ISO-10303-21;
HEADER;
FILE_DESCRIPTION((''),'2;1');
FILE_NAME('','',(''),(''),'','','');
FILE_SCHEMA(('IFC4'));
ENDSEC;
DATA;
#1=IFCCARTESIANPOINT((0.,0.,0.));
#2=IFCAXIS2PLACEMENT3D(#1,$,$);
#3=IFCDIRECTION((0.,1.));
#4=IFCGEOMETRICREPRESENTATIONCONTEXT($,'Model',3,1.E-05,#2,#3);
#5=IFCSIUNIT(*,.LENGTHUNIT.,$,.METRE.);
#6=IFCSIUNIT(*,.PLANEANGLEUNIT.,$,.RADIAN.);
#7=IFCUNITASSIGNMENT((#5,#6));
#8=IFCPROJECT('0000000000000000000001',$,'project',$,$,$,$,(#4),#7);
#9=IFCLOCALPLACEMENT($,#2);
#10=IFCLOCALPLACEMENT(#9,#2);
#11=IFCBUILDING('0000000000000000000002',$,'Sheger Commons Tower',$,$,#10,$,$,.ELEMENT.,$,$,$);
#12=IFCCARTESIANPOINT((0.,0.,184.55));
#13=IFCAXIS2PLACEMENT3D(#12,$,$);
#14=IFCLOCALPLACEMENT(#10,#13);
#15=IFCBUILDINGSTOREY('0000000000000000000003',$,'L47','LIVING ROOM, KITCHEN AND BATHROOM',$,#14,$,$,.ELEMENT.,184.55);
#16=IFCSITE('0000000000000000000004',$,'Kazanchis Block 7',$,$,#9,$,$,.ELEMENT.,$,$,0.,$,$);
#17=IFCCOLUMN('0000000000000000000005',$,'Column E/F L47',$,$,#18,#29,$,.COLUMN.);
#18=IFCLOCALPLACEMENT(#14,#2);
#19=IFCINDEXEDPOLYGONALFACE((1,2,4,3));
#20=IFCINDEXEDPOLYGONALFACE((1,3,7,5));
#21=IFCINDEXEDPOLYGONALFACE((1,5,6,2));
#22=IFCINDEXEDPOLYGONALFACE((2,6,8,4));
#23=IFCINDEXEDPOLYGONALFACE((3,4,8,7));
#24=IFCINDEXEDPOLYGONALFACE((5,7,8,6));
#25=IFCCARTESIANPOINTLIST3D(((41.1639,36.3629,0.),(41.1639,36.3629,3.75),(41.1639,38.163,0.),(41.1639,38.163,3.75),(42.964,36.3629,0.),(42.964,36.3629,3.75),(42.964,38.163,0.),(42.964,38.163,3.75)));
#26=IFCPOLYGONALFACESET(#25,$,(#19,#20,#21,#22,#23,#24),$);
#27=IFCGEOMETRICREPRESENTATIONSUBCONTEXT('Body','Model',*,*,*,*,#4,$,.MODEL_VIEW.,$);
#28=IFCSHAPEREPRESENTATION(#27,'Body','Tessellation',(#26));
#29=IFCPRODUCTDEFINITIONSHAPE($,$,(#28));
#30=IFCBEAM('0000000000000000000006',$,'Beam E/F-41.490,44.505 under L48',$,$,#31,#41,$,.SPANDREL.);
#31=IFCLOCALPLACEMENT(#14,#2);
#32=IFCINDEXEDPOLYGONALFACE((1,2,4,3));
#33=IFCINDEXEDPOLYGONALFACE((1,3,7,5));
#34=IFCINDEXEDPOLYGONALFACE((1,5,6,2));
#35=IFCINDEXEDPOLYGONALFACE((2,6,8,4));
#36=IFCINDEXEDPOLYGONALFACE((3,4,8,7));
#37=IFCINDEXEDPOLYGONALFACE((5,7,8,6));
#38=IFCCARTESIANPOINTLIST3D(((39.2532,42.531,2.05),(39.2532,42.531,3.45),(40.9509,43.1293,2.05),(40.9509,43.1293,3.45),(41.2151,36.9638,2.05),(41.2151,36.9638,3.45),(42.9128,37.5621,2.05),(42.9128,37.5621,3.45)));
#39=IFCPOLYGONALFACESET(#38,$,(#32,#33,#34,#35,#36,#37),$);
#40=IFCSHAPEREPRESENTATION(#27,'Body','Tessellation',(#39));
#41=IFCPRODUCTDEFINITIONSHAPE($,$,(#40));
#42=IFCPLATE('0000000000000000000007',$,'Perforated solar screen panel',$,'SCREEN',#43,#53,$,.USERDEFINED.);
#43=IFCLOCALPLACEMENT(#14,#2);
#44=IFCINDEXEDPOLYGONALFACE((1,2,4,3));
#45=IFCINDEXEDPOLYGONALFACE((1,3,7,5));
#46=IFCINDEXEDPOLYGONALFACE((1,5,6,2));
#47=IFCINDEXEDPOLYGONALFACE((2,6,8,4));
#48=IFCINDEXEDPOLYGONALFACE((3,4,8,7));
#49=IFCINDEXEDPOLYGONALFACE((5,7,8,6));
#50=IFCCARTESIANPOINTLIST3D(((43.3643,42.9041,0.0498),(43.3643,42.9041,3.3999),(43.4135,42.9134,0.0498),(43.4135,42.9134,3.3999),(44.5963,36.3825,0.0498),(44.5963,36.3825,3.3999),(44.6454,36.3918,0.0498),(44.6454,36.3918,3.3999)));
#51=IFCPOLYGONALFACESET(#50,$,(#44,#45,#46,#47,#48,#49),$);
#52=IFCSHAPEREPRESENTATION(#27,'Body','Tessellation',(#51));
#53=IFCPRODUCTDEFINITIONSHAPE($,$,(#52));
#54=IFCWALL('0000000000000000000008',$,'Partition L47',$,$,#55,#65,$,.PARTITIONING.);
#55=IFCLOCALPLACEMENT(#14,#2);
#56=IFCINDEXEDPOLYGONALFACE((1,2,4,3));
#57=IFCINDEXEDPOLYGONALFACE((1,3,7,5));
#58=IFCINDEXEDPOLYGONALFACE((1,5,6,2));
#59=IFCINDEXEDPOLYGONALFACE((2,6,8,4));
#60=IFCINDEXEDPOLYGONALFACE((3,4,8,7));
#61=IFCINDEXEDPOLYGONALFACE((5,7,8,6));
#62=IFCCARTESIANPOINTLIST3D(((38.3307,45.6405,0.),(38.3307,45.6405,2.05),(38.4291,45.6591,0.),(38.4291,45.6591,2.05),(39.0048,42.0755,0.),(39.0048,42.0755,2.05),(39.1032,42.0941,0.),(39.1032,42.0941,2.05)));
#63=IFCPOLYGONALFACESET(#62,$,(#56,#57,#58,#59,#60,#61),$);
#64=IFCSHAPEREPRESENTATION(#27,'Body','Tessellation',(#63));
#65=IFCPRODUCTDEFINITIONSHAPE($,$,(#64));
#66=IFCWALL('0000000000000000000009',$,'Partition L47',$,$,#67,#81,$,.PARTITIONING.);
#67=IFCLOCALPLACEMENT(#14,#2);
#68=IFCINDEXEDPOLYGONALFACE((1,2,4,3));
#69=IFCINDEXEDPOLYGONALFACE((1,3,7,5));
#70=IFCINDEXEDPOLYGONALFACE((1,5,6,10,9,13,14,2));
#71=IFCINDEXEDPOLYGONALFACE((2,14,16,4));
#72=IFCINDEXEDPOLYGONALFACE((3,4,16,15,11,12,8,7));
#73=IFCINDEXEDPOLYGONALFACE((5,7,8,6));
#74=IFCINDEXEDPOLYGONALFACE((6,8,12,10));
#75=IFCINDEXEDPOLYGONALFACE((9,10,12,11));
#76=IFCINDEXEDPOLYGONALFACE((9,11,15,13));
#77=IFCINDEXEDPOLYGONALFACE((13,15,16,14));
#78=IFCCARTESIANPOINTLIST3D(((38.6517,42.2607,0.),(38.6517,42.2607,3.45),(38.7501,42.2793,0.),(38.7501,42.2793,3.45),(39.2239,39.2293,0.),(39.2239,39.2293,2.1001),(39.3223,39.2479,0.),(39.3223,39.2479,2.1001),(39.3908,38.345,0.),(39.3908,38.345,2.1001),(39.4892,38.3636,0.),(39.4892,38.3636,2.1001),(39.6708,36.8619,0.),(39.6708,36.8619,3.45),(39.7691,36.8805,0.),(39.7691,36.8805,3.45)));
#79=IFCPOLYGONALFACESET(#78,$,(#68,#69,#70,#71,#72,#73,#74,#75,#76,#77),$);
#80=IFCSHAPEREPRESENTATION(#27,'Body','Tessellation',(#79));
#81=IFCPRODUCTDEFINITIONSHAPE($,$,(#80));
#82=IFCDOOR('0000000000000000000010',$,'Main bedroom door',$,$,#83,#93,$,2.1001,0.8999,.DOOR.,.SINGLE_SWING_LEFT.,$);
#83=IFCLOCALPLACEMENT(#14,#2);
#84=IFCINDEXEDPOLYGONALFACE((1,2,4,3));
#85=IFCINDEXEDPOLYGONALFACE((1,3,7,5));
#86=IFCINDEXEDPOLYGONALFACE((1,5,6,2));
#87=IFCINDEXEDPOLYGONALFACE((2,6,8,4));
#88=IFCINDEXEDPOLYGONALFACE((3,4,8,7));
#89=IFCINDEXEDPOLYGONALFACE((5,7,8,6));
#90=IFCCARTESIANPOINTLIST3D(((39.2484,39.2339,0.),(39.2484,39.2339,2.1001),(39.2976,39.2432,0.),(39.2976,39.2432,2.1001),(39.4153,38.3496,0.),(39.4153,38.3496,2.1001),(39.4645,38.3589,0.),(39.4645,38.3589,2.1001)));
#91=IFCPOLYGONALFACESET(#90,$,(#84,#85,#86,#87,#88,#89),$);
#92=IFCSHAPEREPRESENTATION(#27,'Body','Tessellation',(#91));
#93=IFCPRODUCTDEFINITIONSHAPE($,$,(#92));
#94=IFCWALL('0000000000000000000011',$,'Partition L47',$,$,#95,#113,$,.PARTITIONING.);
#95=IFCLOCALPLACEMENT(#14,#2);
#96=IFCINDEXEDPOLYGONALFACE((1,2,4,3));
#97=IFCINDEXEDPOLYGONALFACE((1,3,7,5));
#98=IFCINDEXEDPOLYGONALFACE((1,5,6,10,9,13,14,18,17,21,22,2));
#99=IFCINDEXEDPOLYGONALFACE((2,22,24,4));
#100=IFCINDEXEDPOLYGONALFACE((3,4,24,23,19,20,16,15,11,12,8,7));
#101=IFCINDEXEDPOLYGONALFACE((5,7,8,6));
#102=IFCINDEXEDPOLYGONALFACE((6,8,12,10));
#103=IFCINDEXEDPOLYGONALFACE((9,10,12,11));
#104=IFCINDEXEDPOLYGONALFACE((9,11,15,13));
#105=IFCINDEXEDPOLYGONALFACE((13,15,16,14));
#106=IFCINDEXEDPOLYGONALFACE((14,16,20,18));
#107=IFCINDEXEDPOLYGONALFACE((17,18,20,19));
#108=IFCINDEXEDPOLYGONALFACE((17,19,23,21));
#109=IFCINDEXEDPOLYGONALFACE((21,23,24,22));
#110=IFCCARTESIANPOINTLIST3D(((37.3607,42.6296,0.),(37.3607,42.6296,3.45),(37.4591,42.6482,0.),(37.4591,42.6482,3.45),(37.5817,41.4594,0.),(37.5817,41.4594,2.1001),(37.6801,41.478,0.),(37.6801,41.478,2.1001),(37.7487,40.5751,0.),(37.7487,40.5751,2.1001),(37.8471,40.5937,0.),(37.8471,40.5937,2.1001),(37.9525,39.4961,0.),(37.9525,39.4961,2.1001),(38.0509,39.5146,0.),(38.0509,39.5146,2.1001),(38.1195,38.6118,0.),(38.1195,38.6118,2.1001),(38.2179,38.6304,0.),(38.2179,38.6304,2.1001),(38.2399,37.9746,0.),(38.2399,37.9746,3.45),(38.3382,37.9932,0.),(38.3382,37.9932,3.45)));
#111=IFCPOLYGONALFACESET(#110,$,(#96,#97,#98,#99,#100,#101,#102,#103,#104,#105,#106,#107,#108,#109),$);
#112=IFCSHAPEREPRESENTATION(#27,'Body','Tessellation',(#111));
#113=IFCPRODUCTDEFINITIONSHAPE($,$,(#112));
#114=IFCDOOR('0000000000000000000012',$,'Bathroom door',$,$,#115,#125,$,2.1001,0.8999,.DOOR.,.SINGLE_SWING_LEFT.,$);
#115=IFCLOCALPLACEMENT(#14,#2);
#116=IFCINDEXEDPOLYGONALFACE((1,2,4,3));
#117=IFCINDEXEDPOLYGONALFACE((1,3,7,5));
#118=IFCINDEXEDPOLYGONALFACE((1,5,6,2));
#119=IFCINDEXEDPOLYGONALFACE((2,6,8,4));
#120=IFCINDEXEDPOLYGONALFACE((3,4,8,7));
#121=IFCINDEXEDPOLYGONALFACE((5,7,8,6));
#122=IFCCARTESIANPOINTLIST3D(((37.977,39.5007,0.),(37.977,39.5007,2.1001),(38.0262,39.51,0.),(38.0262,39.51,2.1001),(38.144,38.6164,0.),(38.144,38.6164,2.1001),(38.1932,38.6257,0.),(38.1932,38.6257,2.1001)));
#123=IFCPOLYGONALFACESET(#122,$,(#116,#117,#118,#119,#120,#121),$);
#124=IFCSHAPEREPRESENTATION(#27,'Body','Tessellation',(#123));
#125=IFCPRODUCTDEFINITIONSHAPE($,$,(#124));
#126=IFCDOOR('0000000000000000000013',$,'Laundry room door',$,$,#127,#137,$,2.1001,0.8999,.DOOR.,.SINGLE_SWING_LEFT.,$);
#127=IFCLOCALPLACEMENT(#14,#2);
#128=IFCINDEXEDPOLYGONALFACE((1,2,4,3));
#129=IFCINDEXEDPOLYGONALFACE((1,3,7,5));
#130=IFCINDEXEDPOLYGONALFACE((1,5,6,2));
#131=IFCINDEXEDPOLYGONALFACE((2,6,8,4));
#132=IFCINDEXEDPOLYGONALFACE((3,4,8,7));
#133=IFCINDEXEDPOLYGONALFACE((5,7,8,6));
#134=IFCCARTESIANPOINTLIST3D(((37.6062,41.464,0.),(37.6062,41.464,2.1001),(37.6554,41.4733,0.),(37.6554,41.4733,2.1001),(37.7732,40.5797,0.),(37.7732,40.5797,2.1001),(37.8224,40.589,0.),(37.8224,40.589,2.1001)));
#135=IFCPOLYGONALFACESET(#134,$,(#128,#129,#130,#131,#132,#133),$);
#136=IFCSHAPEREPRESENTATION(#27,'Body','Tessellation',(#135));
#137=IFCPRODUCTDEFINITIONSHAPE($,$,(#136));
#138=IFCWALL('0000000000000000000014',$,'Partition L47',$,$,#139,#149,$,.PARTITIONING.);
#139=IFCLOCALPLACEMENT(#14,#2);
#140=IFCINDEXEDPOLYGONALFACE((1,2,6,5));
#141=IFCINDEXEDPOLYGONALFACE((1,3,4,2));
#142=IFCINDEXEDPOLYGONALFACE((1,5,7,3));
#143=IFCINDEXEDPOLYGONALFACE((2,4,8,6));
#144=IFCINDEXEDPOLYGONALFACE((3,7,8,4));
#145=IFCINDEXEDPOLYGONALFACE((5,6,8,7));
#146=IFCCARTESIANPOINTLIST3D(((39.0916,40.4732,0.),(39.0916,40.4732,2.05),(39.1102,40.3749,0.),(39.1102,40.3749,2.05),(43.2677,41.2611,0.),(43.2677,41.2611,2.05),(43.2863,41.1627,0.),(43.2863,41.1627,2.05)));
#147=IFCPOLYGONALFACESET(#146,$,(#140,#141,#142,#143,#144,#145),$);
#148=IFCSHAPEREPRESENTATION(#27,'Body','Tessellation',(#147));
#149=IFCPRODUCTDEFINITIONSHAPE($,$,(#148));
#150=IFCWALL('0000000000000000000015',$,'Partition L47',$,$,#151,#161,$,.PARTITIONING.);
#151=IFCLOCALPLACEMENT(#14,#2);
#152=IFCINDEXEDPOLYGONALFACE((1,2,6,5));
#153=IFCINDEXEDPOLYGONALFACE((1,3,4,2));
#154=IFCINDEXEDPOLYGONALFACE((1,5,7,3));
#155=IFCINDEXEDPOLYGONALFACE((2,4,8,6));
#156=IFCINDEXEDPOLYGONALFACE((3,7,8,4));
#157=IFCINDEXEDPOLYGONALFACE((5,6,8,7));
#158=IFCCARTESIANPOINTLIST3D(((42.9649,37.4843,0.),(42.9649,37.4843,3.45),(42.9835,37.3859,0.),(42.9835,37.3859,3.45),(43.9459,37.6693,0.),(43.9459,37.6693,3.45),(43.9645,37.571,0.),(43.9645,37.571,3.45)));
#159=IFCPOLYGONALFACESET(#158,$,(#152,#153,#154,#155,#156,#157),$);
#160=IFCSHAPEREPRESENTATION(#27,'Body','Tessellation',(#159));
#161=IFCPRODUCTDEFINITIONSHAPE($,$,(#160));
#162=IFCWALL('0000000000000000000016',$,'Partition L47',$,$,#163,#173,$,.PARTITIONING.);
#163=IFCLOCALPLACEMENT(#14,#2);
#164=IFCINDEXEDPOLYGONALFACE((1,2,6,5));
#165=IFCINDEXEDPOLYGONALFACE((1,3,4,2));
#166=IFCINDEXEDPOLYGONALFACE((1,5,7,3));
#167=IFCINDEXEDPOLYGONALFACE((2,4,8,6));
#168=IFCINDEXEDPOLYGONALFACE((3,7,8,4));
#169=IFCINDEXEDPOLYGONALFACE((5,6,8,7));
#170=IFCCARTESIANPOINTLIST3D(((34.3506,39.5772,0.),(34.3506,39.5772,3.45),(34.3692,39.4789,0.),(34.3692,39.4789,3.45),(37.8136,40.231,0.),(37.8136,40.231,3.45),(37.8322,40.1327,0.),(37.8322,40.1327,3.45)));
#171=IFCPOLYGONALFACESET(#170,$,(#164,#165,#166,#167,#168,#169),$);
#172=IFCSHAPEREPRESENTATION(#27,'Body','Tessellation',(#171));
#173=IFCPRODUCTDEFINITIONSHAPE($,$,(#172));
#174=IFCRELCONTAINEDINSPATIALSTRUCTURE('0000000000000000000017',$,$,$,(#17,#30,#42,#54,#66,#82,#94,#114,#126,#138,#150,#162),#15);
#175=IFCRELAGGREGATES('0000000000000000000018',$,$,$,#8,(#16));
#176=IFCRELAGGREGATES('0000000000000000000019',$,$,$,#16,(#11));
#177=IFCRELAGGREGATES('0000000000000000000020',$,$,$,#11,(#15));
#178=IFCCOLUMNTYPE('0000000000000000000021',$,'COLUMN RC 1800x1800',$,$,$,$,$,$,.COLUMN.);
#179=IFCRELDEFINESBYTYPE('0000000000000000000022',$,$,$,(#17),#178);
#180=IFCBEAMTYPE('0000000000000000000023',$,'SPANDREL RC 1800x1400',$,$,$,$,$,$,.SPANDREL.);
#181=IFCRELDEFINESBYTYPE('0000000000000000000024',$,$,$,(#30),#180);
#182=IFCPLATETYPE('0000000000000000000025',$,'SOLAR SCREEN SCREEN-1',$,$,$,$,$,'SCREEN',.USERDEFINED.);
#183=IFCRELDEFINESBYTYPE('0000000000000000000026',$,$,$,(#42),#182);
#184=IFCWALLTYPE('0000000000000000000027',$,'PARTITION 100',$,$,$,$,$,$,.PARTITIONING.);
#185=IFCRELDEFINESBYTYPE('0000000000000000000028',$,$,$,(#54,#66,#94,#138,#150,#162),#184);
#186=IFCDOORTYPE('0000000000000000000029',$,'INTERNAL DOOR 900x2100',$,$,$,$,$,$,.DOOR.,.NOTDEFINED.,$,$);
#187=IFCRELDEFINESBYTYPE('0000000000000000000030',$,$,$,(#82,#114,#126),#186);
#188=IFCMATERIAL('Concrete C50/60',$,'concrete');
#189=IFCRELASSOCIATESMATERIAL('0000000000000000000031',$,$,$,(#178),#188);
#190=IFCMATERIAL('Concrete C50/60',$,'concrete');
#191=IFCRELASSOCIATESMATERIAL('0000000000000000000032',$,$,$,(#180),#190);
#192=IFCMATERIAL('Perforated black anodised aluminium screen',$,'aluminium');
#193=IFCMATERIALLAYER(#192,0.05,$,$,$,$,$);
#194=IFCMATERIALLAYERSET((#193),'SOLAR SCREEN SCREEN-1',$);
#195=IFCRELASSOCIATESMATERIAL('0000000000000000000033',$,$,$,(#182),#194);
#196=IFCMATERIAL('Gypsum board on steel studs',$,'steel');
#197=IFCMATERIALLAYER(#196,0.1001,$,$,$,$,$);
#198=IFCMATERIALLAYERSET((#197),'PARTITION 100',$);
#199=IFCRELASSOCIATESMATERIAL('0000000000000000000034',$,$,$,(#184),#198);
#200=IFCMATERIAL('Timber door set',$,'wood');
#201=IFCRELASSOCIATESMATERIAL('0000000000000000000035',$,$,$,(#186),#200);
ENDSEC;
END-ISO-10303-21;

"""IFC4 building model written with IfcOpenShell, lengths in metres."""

from ifc_helpers import new_model, si_unit, direction, frame, frame_2d, origin, origin_2d, place, context, subcontext, project, spatial, rectangle, extrude, material, layer, layer_set, material_profile, profile_set, type_object, element, fill, save


model = new_model("IFC4")

# Units and contexts
model_context = context("Model", 3, precision=1e-05, world=origin(), true_north=direction((0.0, 1.0)))
body_context = subcontext(model_context, "Body", "Model", "MODEL_VIEW")
ifc_project = project(units=[si_unit("LENGTHUNIT", "METRE"), si_unit("PLANEANGLEUNIT", "RADIAN")], contexts=[model_context])

# Site, building, storey
site_placement = place(None, origin())
site = spatial("IfcSite", under=ifc_project, at=site_placement, Name="Kazanchis Block 7", CompositionType="ELEMENT", RefElevation=0.0)
building_placement = place(site_placement, origin())
building = spatial("IfcBuilding", under=site, at=building_placement, Name="Sheger Commons Tower", CompositionType="ELEMENT")
storey_placement = place(building_placement, frame((0.0, 0.0, 184.55)))
storey = spatial("IfcBuildingStorey", under=building, at=storey_placement, Name="L47", Description="LIVING ROOM, KITCHEN AND BATHROOM", CompositionType="ELEMENT", Elevation=184.55)

# Column
ifc_material_1 = material(Name="Concrete C50/60", Category="concrete")
ifc_material_profile_1 = material_profile(ifc_material_1, rectangle(XDim=1.8, YDim=1.8, at=origin_2d()), Name="RC 1800x1800")
ifc_profile_set_1 = profile_set([ifc_material_profile_1], Name="Concrete C50/60")
column_type = type_object("IfcColumnType", Name="COLUMN RC 1800x1800", PredefinedType="COLUMN", material=ifc_profile_set_1)
column_placement = place(storey_placement, frame((42.064, 37.2629, 0.0), z_axis=(0.0, 0.0, 1.0), x_axis=(1.0, 0.0, 0.0)))
element("IfcColumn", 1, at=column_placement, inside=storey, type_object=column_type, Name="Column E/F L47", PredefinedType="COLUMN", context=body_context, shape_type="SweptSolid", body=[
    extrude(rectangle(XDim=1.8, YDim=1.8, at=origin_2d()), origin(), (0.0, 0.0, 1.0), 3.75),
])

# Beam
ifc_material_2 = material(Name="Concrete C50/60", Category="concrete")
ifc_material_profile_2 = material_profile(ifc_material_2, rectangle(XDim=1.8, YDim=1.3999, at=origin_2d()), Name="RC 1800x1400")
ifc_profile_set_2 = profile_set([ifc_material_profile_2], Name="Concrete C50/60")
beam_type = type_object("IfcBeamType", Name="SPANDREL RC 1800x1400", PredefinedType="SPANDREL", material=ifc_profile_set_2)
beam_placement = place(storey_placement, frame((42.064, 37.2629, 2.75), z_axis=(-0.332374, 0.943148, 0.0), x_axis=(-0.943148, -0.332374, 0.0)))
element("IfcBeam", 2, at=beam_placement, inside=storey, type_object=beam_type, Name="Beam E/F-41.490,44.505 under L48", PredefinedType="SPANDREL", context=body_context, shape_type="SweptSolid", body=[
    extrude(rectangle(XDim=1.8, YDim=1.3999, at=origin_2d()), origin(), (0.0, 0.0, 1.0), 5.9028),
])

# Plate
ifc_material_3 = material(Name="Perforated black anodised aluminium screen", Category="aluminium")
ifc_layer_1 = layer(ifc_material_3, 0.05)
ifc_layer_set_1 = layer_set([ifc_layer_1], Name="SOLAR SCREEN SCREEN-1")
plate_type = type_object("IfcPlateType", Name="SOLAR SCREEN SCREEN-1", ElementType="SCREEN", PredefinedType="USERDEFINED", material=ifc_layer_set_1)
plate_placement = place(storey_placement, frame((44.0049, 39.6479, 0.0498), z_axis=(0.0, 0.0, 1.0), x_axis=(-0.185615, 0.982623, 0.0)))
element("IfcPlate", 3, at=plate_placement, inside=storey, type_object=plate_type, Name="Perforated solar screen panel", ObjectType="SCREEN", PredefinedType="USERDEFINED", context=body_context, shape_type="SweptSolid", body=[
    extrude(rectangle(XDim=6.637, YDim=0.05, at=origin_2d()), origin(), (0.0, 0.0, 1.0), 3.3501),
])

# Wall
ifc_material_4 = material(Name="Gypsum board on steel studs", Category="steel")
ifc_layer_2 = layer(ifc_material_4, 0.1001)
ifc_layer_set_2 = layer_set([ifc_layer_2], Name="PARTITION 100")
wall_type = type_object("IfcWallType", Name="PARTITION 100", PredefinedType="PARTITIONING", material=ifc_layer_set_2)
wall_1_placement = place(storey_placement, frame((39.054, 42.085, 0.0), z_axis=(0.0, 0.0, 1.0), x_axis=(-0.185792, 0.982589, 0.0)))
element("IfcWall", 4, at=wall_1_placement, inside=storey, type_object=wall_type, Name="Partition L47", PredefinedType="PARTITIONING", context=body_context, shape_type="SweptSolid", body=[
    extrude(rectangle(XDim=3.6282, YDim=0.1001, at=frame_2d((1.814, 0.0))), origin(), (0.0, 0.0, 1.0), 2.05),
])

# Wall, opening, door
wall_2_placement = place(storey_placement, frame((38.7009, 42.27, 0.0), z_axis=(0.0, 0.0, 1.0), x_axis=(0.185474, -0.982649, 0.0)))
wall_2 = element("IfcWall", 5, at=wall_2_placement, inside=storey, type_object=wall_type, Name="Partition L47", PredefinedType="PARTITIONING", context=body_context, shape_type="SweptSolid", body=[
    extrude(rectangle(XDim=5.4941, YDim=0.1001, at=frame_2d((2.7471, 0.0))), origin(), (0.0, 0.0, 1.0), 3.45),
])
opening_1_placement = place(wall_2_placement, frame((3.085, 0.0, 0.0)))
opening_1 = element("IfcOpeningElement", 6, at=opening_1_placement, cuts=wall_2, PredefinedType="OPENING", context=body_context, shape_type="SweptSolid", body=[
    extrude(rectangle(XDim=0.8999, YDim=2.1001, at=frame_2d((0.45, 1.05))), frame((0.0, 0.0601, 0.0), z_axis=(0.0, -1.0, 0.0), x_axis=(1.0, 0.0, 0.0)), (0.0, 0.0, 1.0), 0.1201),
])
ifc_material_5 = material(Name="Timber door set", Category="wood")
door_type = type_object("IfcDoorType", Name="INTERNAL DOOR 900x2100", OperationType="NOTDEFINED", PredefinedType="DOOR", material=ifc_material_5)
door_1_placement = place(opening_1_placement, origin())
door_1 = element("IfcDoor", 7, at=door_1_placement, inside=storey, type_object=door_type, Name="Main bedroom door", OperationType="SINGLE_SWING_LEFT", OverallHeight=2.1001, OverallWidth=0.8999, PredefinedType="DOOR", context=body_context, shape_type="SweptSolid", body=[
    extrude(rectangle(XDim=0.8999, YDim=2.1001, at=frame_2d((0.45, 1.05))), frame((0.0, 0.0249, 0.0), z_axis=(0.0, -1.0, 0.0), x_axis=(1.0, 0.0, 0.0)), (0.0, 0.0, 1.0), 0.05),
])
fill(opening_1, door_1)

# Wall, openings, doors
wall_3_placement = place(storey_placement, frame((37.4099, 42.6389, 0.0), z_axis=(0.0, 0.0, 1.0), x_axis=(0.18558, -0.982629, 0.0)))
wall_3 = element("IfcWall", 8, at=wall_3_placement, inside=storey, type_object=wall_type, Name="Partition L47", PredefinedType="PARTITIONING", context=body_context, shape_type="SweptSolid", body=[
    extrude(rectangle(XDim=4.7373, YDim=0.1001, at=frame_2d((2.3687, 0.0))), origin(), (0.0, 0.0, 1.0), 3.45),
])
opening_2_placement = place(wall_3_placement, frame((3.189, 0.0, 0.0)))
opening_2 = element("IfcOpeningElement", 9, at=opening_2_placement, cuts=wall_3, PredefinedType="OPENING", context=body_context, shape_type="SweptSolid", body=[
    extrude(rectangle(XDim=0.8999, YDim=2.1001, at=frame_2d((0.45, 1.05))), frame((0.0, 0.0601, 0.0), z_axis=(0.0, -1.0, 0.0), x_axis=(1.0, 0.0, 0.0)), (0.0, 0.0, 1.0), 0.1201),
])
opening_3_placement = place(wall_3_placement, frame((1.1909, 0.0, 0.0)))
opening_3 = element("IfcOpeningElement", 10, at=opening_3_placement, cuts=wall_3, PredefinedType="OPENING", context=body_context, shape_type="SweptSolid", body=[
    extrude(rectangle(XDim=0.8999, YDim=2.1001, at=frame_2d((0.45, 1.05))), frame((0.0, 0.0601, 0.0), z_axis=(0.0, -1.0, 0.0), x_axis=(1.0, 0.0, 0.0)), (0.0, 0.0, 1.0), 0.1201),
])
door_2_placement = place(opening_2_placement, origin())
door_2 = element("IfcDoor", 11, at=door_2_placement, inside=storey, type_object=door_type, Name="Bathroom door", OperationType="SINGLE_SWING_LEFT", OverallHeight=2.1001, OverallWidth=0.8999, PredefinedType="DOOR", context=body_context, shape_type="SweptSolid", body=[
    extrude(rectangle(XDim=0.8999, YDim=2.1001, at=frame_2d((0.45, 1.05))), frame((0.0, 0.0249, 0.0), z_axis=(0.0, -1.0, 0.0), x_axis=(1.0, 0.0, 0.0)), (0.0, 0.0, 1.0), 0.05),
])
fill(opening_2, door_2)
door_3_placement = place(opening_3_placement, origin())
door_3 = element("IfcDoor", 12, at=door_3_placement, inside=storey, type_object=door_type, Name="Laundry room door", OperationType="SINGLE_SWING_LEFT", OverallHeight=2.1001, OverallWidth=0.8999, PredefinedType="DOOR", context=body_context, shape_type="SweptSolid", body=[
    extrude(rectangle(XDim=0.8999, YDim=2.1001, at=frame_2d((0.45, 1.05))), frame((0.0, 0.0249, 0.0), z_axis=(0.0, -1.0, 0.0), x_axis=(1.0, 0.0, 0.0)), (0.0, 0.0, 1.0), 0.05),
])
fill(opening_3, door_3)

# Walls
wall_4_placement = place(storey_placement, frame((43.2771, 41.2119, 0.0), z_axis=(0.0, 0.0, 1.0), x_axis=(-0.982665, -0.185388, 0.0)))
element("IfcWall", 13, at=wall_4_placement, inside=storey, type_object=wall_type, Name="Partition L47", PredefinedType="PARTITIONING", context=body_context, shape_type="SweptSolid", body=[
    extrude(rectangle(XDim=4.2498, YDim=0.1001, at=frame_2d((2.125, 0.0))), origin(), (0.0, 0.0, 1.0), 2.05),
])
wall_5_placement = place(storey_placement, frame((43.9551, 37.6201, 0.0), z_axis=(0.0, 0.0, 1.0), x_axis=(-0.982667, -0.185381, 0.0)))
element("IfcWall", 14, at=wall_5_placement, inside=storey, type_object=wall_type, Name="Partition L47", PredefinedType="PARTITIONING", context=body_context, shape_type="SweptSolid", body=[
    extrude(rectangle(XDim=0.9983, YDim=0.1001, at=frame_2d((0.499, 0.0))), origin(), (0.0, 0.0, 1.0), 3.45),
])
wall_6_placement = place(storey_placement, frame((37.823, 40.1819, 0.0), z_axis=(0.0, 0.0, 1.0), x_axis=(-0.982639, -0.185527, 0.0)))
element("IfcWall", 15, at=wall_6_placement, inside=storey, type_object=wall_type, Name="Partition L47", PredefinedType="PARTITIONING", context=body_context, shape_type="SweptSolid", body=[
    extrude(rectangle(XDim=3.5242, YDim=0.1001, at=frame_2d((1.7622, 0.0))), origin(), (0.0, 0.0, 1.0), 3.45),
])

save(model, "model.ifc")
